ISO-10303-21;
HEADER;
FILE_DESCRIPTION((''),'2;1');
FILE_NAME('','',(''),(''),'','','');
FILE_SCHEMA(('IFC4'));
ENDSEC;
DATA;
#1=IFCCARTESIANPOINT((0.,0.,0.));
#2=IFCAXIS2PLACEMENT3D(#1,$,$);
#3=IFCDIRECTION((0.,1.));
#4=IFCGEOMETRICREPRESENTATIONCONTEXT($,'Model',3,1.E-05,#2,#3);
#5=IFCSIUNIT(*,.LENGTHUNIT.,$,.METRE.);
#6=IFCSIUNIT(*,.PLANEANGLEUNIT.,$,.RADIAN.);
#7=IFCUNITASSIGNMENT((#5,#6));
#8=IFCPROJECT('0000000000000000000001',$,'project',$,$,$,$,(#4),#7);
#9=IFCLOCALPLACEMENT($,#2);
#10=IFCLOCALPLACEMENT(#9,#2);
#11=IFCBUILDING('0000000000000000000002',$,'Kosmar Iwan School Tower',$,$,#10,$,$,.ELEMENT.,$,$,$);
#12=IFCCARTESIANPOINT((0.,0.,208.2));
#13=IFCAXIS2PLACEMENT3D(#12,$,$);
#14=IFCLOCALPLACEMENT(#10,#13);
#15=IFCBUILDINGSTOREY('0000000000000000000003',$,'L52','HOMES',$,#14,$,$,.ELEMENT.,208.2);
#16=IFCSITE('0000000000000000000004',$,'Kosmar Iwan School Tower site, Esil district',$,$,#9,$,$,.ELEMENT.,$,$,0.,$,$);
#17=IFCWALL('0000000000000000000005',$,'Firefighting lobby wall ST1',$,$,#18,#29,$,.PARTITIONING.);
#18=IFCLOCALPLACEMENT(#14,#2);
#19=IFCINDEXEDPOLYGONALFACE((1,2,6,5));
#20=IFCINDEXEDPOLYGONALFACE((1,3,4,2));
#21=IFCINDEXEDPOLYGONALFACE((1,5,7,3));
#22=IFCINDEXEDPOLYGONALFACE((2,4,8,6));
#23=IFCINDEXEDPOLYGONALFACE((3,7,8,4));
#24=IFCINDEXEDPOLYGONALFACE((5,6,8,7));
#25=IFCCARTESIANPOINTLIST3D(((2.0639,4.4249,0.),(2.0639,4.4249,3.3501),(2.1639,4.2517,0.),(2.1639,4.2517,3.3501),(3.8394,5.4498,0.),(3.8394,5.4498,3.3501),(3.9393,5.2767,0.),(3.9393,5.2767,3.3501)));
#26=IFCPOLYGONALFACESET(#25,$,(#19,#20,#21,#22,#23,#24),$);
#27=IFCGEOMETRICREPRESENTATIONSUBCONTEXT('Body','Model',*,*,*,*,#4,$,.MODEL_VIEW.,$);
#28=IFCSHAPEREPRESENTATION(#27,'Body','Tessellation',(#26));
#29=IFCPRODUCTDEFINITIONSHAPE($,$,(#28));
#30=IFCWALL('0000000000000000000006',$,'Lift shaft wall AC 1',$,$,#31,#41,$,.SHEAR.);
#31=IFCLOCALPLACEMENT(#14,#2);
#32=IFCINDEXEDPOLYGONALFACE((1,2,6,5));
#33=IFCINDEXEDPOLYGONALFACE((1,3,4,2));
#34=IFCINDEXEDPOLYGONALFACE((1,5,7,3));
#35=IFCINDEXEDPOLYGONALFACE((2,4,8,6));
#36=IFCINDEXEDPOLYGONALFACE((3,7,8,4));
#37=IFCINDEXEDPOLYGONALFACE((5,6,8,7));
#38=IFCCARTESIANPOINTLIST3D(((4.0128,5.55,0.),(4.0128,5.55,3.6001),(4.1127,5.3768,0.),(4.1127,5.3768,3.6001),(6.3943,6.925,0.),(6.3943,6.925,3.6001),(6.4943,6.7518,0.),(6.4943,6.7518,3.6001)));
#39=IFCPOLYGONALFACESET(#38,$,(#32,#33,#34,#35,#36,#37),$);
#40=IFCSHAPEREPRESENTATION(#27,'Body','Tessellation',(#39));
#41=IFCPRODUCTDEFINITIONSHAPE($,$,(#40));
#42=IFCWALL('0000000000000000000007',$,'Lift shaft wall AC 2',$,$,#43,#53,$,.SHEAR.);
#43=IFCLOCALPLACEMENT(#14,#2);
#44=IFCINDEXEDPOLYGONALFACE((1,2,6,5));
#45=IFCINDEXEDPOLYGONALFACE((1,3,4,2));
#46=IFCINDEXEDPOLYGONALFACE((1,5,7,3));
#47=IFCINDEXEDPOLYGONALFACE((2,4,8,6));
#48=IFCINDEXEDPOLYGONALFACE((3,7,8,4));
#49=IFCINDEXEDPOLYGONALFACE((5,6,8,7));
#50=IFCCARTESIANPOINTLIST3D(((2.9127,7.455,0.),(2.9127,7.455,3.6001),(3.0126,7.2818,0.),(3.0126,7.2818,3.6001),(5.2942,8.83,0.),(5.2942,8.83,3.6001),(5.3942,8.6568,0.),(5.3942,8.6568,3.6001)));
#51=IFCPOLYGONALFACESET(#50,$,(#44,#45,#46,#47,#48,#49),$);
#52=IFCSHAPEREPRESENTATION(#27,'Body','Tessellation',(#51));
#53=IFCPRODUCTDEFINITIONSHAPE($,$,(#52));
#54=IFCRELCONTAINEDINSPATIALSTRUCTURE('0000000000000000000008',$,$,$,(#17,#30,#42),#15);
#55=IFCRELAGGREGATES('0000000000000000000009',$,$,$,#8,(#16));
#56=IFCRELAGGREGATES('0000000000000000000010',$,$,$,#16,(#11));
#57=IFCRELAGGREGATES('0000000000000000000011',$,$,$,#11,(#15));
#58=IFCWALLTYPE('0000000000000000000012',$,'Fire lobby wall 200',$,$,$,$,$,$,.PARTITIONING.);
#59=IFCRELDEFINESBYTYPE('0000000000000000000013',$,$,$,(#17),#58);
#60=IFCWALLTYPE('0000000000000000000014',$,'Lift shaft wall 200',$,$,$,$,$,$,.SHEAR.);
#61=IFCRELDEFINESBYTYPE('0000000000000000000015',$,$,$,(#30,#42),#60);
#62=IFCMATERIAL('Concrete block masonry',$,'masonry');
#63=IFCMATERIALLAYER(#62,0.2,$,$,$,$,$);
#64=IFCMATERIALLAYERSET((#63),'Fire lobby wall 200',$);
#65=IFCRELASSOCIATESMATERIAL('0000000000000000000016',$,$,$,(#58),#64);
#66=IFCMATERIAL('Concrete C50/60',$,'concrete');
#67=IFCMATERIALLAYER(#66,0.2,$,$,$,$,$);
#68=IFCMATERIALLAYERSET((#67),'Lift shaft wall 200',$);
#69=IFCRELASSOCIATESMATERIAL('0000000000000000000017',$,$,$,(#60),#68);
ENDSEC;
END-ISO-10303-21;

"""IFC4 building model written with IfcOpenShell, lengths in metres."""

from ifc_helpers import new_model, si_unit, direction, frame, frame_2d, origin, place, context, subcontext, project, spatial, rectangle, extrude, material, layer, layer_set, type_object, element, save


model = new_model("IFC4")

# Units and contexts
model_context = context("Model", 3, precision=1e-05, world=origin(), true_north=direction((0.0, 1.0)))
body_context = subcontext(model_context, "Body", "Model", "MODEL_VIEW")
ifc_project = project(units=[si_unit("LENGTHUNIT", "METRE"), si_unit("PLANEANGLEUNIT", "RADIAN")], contexts=[model_context])

# Site, building, storey
site_placement = place(None, origin())
site = spatial("IfcSite", under=ifc_project, at=site_placement, Name="Kosmar Iwan School Tower site, Esil district", CompositionType="ELEMENT", RefElevation=0.0)
building_placement = place(site_placement, origin())
building = spatial("IfcBuilding", under=site, at=building_placement, Name="Kosmar Iwan School Tower", CompositionType="ELEMENT")
storey_placement = place(building_placement, frame((0.0, 0.0, 208.2)))
storey = spatial("IfcBuildingStorey", under=building, at=storey_placement, Name="L52", Description="HOMES", CompositionType="ELEMENT", Elevation=208.2)

# Walls
ifc_material_1 = material(Name="Concrete block masonry", Category="masonry")
ifc_layer_1 = layer(ifc_material_1, 0.2)
ifc_layer_set_1 = layer_set([ifc_layer_1], Name="Fire lobby wall 200")
wall_type_1 = type_object("IfcWallType", Name="Fire lobby wall 200", PredefinedType="PARTITIONING", material=ifc_layer_set_1)
wall_1_placement = place(storey_placement, frame((2.114, 4.3384, 0.0), z_axis=(0.0, 0.0, 1.0), x_axis=(0.866051, 0.499956, 0.0)))
element("IfcWall", 1, at=wall_1_placement, inside=storey, type_object=wall_type_1, Name="Firefighting lobby wall ST1", PredefinedType="PARTITIONING", context=body_context, shape_type="SweptSolid", body=[
    extrude(rectangle(XDim=2.05, YDim=0.2, at=frame_2d((1.0249, 0.0))), origin(), (0.0, 0.0, 1.0), 3.3501),
])
ifc_material_2 = material(Name="Concrete C50/60", Category="concrete")
ifc_layer_2 = layer(ifc_material_2, 0.2)
ifc_layer_set_2 = layer_set([ifc_layer_2], Name="Lift shaft wall 200")
wall_type_2 = type_object("IfcWallType", Name="Lift shaft wall 200", PredefinedType="SHEAR", material=ifc_layer_set_2)
for number, where, z_axis, x_axis, name in (
    (2, (4.0627, 5.4634, 0.0), (0.0, 0.0, 1.0), (0.866027, 0.499997, 0.0), "Lift shaft wall AC 1"),
    (3, (2.9626, 7.3684, 0.0), (0.0, 0.0, 1.0), (0.866027, 0.499997, 0.0), "Lift shaft wall AC 2"),
):
    element("IfcWall", number, at=place(storey_placement, frame(where, z_axis=z_axis, x_axis=x_axis)), inside=storey, type_object=wall_type_2, Name=name, PredefinedType="SHEAR", context=body_context, shape_type="SweptSolid", body=[
        extrude(rectangle(XDim=2.75, YDim=0.2, at=frame_2d((1.375, 0.0))), origin(), (0.0, 0.0, 1.0), 3.6001),
    ])

save(model, "model.ifc")
